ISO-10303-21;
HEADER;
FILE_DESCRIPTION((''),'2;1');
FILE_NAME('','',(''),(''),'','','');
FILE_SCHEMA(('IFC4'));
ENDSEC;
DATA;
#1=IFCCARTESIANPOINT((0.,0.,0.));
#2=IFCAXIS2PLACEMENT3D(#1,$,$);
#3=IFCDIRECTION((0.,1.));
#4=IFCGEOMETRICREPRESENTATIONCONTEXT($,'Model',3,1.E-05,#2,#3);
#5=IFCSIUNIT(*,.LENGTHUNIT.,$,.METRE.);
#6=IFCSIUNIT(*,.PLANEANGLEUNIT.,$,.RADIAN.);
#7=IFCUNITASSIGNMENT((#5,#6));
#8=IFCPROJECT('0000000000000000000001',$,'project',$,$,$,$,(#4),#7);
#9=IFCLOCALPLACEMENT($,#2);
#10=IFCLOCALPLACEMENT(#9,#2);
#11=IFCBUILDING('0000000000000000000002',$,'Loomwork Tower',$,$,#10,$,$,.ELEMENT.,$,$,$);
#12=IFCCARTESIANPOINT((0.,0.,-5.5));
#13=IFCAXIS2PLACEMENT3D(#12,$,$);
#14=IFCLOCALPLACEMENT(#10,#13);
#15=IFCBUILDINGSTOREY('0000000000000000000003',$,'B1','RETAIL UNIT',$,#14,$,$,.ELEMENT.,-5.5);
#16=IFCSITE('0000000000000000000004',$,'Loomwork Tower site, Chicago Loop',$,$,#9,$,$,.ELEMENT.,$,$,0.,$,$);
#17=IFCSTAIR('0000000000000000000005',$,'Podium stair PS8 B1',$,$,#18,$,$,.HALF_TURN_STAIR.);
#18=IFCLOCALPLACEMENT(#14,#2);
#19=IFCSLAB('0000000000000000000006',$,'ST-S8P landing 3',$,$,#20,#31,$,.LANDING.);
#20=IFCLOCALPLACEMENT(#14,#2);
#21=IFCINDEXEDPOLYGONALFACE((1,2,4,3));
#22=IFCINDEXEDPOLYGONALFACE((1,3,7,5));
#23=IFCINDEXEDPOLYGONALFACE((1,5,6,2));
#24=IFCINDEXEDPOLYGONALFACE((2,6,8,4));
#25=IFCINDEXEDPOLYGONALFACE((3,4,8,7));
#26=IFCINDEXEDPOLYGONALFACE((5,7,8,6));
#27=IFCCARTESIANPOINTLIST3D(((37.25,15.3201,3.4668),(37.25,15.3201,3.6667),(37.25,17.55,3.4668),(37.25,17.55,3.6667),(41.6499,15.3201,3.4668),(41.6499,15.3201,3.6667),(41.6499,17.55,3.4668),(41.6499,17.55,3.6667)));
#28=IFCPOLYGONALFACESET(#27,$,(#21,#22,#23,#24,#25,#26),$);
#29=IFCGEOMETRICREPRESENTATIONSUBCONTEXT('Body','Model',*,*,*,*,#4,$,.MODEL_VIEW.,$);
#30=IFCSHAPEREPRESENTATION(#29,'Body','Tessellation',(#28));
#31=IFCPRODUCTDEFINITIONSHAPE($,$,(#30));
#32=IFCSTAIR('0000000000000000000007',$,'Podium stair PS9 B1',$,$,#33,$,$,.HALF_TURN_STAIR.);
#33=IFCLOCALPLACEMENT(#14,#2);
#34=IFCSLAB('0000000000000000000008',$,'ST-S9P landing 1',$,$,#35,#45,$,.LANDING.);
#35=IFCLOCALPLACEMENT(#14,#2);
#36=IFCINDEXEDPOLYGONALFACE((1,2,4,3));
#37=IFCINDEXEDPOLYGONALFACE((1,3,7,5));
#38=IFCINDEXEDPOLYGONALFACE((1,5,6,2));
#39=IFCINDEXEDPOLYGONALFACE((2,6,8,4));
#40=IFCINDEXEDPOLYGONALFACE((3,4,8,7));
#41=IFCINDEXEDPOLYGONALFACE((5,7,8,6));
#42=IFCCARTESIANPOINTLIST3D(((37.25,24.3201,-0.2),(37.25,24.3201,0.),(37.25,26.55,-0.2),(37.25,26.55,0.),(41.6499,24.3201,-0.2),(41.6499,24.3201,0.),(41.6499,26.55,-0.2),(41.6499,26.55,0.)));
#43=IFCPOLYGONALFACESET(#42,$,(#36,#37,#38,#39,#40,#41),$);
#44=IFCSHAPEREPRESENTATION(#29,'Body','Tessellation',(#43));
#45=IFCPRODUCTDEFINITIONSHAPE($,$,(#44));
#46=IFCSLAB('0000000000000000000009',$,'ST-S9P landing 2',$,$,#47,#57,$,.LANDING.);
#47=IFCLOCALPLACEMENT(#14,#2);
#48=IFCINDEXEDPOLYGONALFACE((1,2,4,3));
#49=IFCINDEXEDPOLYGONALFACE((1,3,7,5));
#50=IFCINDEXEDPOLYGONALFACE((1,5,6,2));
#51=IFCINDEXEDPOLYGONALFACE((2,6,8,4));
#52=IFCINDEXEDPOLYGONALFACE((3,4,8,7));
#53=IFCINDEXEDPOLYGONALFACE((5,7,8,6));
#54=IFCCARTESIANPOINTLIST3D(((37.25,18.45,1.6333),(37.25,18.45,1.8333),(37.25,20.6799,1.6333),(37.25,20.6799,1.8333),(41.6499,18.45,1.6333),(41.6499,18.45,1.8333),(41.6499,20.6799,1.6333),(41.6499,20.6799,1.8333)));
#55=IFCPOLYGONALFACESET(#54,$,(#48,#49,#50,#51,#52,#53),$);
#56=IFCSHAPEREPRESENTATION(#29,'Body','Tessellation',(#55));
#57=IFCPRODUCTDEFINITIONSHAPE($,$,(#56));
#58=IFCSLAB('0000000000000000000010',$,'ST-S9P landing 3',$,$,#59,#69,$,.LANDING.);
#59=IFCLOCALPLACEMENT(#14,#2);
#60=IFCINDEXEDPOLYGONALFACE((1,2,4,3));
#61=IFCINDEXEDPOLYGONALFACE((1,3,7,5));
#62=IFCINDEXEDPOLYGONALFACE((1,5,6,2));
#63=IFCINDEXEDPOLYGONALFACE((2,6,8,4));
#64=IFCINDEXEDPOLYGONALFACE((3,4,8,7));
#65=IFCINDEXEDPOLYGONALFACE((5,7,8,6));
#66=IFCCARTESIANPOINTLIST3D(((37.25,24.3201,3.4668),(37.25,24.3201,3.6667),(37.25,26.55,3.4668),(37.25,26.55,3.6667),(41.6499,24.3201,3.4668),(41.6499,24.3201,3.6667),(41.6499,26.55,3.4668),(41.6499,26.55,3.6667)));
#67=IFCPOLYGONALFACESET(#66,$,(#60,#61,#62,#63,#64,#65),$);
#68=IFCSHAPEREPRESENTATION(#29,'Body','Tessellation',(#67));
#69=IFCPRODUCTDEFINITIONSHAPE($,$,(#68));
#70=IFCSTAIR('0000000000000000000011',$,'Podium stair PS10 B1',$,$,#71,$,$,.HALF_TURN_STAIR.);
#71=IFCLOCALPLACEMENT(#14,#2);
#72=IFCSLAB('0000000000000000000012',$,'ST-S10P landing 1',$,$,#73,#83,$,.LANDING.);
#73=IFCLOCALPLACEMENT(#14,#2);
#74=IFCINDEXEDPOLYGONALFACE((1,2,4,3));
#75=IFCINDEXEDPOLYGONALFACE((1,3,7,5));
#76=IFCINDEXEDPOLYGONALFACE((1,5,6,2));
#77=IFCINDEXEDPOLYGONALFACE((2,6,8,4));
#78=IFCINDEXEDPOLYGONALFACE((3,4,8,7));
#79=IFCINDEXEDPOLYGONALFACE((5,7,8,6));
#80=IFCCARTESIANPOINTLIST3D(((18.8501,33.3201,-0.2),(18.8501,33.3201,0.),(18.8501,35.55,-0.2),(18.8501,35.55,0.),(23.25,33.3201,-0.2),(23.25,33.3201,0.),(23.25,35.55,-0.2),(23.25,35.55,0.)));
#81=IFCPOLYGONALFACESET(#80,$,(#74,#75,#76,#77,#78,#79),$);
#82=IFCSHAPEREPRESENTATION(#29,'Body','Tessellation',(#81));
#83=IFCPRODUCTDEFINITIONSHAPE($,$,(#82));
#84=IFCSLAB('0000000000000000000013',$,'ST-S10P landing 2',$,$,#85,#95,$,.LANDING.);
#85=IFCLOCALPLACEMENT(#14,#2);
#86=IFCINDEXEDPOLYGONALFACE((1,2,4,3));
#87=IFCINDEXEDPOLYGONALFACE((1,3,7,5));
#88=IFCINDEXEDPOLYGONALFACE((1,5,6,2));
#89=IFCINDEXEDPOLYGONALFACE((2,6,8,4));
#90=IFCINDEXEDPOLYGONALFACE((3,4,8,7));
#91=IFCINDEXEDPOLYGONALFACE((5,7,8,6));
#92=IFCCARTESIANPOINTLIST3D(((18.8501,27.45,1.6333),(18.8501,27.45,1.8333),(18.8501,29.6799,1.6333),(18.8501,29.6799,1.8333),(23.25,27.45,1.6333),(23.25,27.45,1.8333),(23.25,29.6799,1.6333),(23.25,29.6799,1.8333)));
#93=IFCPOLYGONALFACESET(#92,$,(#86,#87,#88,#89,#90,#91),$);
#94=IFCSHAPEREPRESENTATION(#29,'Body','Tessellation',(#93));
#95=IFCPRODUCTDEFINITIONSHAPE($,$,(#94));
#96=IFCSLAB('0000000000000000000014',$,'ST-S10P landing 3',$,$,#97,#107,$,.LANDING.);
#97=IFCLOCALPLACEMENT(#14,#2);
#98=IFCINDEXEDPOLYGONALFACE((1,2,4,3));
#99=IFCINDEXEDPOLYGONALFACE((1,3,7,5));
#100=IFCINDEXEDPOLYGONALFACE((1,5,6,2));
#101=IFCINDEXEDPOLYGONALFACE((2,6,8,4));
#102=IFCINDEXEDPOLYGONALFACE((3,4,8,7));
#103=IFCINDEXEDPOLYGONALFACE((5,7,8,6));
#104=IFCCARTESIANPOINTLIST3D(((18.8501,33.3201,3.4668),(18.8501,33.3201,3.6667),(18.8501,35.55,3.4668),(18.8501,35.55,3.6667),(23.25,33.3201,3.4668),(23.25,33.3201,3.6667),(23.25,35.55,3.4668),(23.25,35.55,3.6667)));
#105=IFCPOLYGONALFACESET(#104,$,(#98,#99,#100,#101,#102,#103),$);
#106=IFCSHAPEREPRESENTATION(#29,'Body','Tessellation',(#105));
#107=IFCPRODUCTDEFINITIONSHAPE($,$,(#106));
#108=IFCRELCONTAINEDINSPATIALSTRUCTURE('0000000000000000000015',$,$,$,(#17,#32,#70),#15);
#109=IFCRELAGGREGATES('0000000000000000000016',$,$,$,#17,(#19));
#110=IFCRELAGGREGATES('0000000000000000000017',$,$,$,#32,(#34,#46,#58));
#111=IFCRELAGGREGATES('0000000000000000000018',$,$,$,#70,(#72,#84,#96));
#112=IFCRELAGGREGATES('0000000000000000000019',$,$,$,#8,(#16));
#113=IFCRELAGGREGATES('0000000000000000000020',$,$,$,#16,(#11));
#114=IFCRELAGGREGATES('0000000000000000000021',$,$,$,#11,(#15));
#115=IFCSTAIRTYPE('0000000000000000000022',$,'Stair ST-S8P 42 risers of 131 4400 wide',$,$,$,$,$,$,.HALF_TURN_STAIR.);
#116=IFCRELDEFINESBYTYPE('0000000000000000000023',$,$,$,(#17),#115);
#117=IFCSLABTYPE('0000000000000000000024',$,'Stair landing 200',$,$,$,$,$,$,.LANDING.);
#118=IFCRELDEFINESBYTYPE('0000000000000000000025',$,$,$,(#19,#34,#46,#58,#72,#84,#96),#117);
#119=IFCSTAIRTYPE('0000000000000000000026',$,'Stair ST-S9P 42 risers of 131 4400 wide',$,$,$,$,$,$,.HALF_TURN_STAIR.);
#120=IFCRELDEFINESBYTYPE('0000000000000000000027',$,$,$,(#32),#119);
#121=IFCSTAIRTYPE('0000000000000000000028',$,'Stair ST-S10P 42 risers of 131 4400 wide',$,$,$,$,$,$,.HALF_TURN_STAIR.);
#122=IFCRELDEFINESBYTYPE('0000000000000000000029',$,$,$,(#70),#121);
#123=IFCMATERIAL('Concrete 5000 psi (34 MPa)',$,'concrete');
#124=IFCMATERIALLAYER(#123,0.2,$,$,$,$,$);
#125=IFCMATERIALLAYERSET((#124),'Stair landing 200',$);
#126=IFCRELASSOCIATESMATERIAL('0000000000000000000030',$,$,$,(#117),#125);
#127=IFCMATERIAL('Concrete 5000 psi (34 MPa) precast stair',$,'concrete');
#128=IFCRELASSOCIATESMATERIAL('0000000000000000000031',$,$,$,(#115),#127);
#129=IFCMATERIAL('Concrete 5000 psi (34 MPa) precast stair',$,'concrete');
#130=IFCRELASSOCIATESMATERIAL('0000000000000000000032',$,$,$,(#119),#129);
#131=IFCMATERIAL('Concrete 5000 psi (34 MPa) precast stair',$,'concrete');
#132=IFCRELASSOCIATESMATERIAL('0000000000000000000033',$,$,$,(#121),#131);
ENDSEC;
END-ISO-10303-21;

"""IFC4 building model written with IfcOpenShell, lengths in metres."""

from ifc_helpers import new_model, si_unit, direction, frame, origin, place, context, subcontext, project, spatial, polyline, outline, extrude, material, layer, layer_set, type_object, element, aggregate, save


model = new_model("IFC4")

# Units and contexts
model_context = context("Model", 3, precision=1e-05, world=origin(), true_north=direction((0.0, 1.0)))
body_context = subcontext(model_context, "Body", "Model", "MODEL_VIEW")
ifc_project = project(units=[si_unit("LENGTHUNIT", "METRE"), si_unit("PLANEANGLEUNIT", "RADIAN")], contexts=[model_context])

# Site, building, storey
site_placement = place(None, origin())
site = spatial("IfcSite", under=ifc_project, at=site_placement, Name="Loomwork Tower site, Chicago Loop", CompositionType="ELEMENT", RefElevation=0.0)
building_placement = place(site_placement, origin())
building = spatial("IfcBuilding", under=site, at=building_placement, Name="Loomwork Tower", CompositionType="ELEMENT")
storey_placement = place(building_placement, frame((0.0, 0.0, -5.5)))
storey = spatial("IfcBuildingStorey", under=building, at=storey_placement, Name="B1", Description="RETAIL UNIT", CompositionType="ELEMENT", Elevation=-5.5)

# Shared definitions
ifc_material_1 = material(Name="Concrete 5000 psi (34 MPa)", Category="concrete")
ifc_layer = layer(ifc_material_1, 0.2)
ifc_layer_set = layer_set([ifc_layer], Name="Stair landing 200")
slab_type = type_object("IfcSlabType", Name="Stair landing 200", PredefinedType="LANDING", material=ifc_layer_set)

# Stairs, slabs
ifc_material_2 = material(Name="Concrete 5000 psi (34 MPa) precast stair", Category="concrete")
stair_type_1 = type_object("IfcStairType", Name="Stair ST-S8P 42 risers of 131 4400 wide", PredefinedType="HALF_TURN_STAIR", material=ifc_material_2)
stair_1_placement = place(storey_placement, origin())
stair_1 = element("IfcStair", 1, at=stair_1_placement, inside=storey, type_object=stair_type_1, Name="Podium stair PS8 B1", PredefinedType="HALF_TURN_STAIR")
slab_1_placement = place(storey_placement, frame((0.0, 0.0, 3.4668)))
slab_1 = element("IfcSlab", 2, at=slab_1_placement, type_object=slab_type, Name="ST-S8P landing 3", PredefinedType="LANDING", context=body_context, shape_type="SweptSolid", body=[
    extrude(outline(polyline([(37.25, 15.3201), (41.6499, 15.3201), (41.6499, 17.55), (37.25, 17.55), (37.25, 15.3201)])), origin(), (0.0, 0.0, 1.0), 0.2),
])
aggregate(stair_1, [slab_1])
ifc_material_3 = material(Name="Concrete 5000 psi (34 MPa) precast stair", Category="concrete")
stair_type_2 = type_object("IfcStairType", Name="Stair ST-S9P 42 risers of 131 4400 wide", PredefinedType="HALF_TURN_STAIR", material=ifc_material_3)
stair_2_placement = place(storey_placement, origin())
stair_2 = element("IfcStair", 3, at=stair_2_placement, inside=storey, type_object=stair_type_2, Name="Podium stair PS9 B1", PredefinedType="HALF_TURN_STAIR")
slab_2_placement = place(storey_placement, frame((0.0, 0.0, -0.2)))
slab_2 = element("IfcSlab", 4, at=slab_2_placement, type_object=slab_type, Name="ST-S9P landing 1", PredefinedType="LANDING", context=body_context, shape_type="SweptSolid", body=[
    extrude(outline(polyline([(37.25, 24.3201), (41.6499, 24.3201), (41.6499, 26.55), (37.25, 26.55), (37.25, 24.3201)])), origin(), (0.0, 0.0, 1.0), 0.2),
])
slab_3_placement = place(storey_placement, frame((0.0, 0.0, 1.6333)))
slab_3 = element("IfcSlab", 5, at=slab_3_placement, type_object=slab_type, Name="ST-S9P landing 2", PredefinedType="LANDING", context=body_context, shape_type="SweptSolid", body=[
    extrude(outline(polyline([(37.25, 18.45), (41.6499, 18.45), (41.6499, 20.6799), (37.25, 20.6799), (37.25, 18.45)])), origin(), (0.0, 0.0, 1.0), 0.2),
])
slab_4_placement = place(storey_placement, frame((0.0, 0.0, 3.4668)))
slab_4 = element("IfcSlab", 6, at=slab_4_placement, type_object=slab_type, Name="ST-S9P landing 3", PredefinedType="LANDING", context=body_context, shape_type="SweptSolid", body=[
    extrude(outline(polyline([(37.25, 24.3201), (41.6499, 24.3201), (41.6499, 26.55), (37.25, 26.55), (37.25, 24.3201)])), origin(), (0.0, 0.0, 1.0), 0.2),
])
aggregate(stair_2, [slab_2, slab_3, slab_4])
ifc_material_4 = material(Name="Concrete 5000 psi (34 MPa) precast stair", Category="concrete")
stair_type_3 = type_object("IfcStairType", Name="Stair ST-S10P 42 risers of 131 4400 wide", PredefinedType="HALF_TURN_STAIR", material=ifc_material_4)
stair_3_placement = place(storey_placement, origin())
stair_3 = element("IfcStair", 7, at=stair_3_placement, inside=storey, type_object=stair_type_3, Name="Podium stair PS10 B1", PredefinedType="HALF_TURN_STAIR")
slab_5_placement = place(storey_placement, frame((0.0, 0.0, -0.2)))
slab_5 = element("IfcSlab", 8, at=slab_5_placement, type_object=slab_type, Name="ST-S10P landing 1", PredefinedType="LANDING", context=body_context, shape_type="SweptSolid", body=[
    extrude(outline(polyline([(18.8501, 33.3201), (23.25, 33.3201), (23.25, 35.55), (18.8501, 35.55), (18.8501, 33.3201)])), origin(), (0.0, 0.0, 1.0), 0.2),
])
slab_6_placement = place(storey_placement, frame((0.0, 0.0, 1.6333)))
slab_6 = element("IfcSlab", 9, at=slab_6_placement, type_object=slab_type, Name="ST-S10P landing 2", PredefinedType="LANDING", context=body_context, shape_type="SweptSolid", body=[
    extrude(outline(polyline([(18.8501, 27.45), (23.25, 27.45), (23.25, 29.6799), (18.8501, 29.6799), (18.8501, 27.45)])), origin(), (0.0, 0.0, 1.0), 0.2),
])
slab_7_placement = place(storey_placement, frame((0.0, 0.0, 3.4668)))
slab_7 = element("IfcSlab", 10, at=slab_7_placement, type_object=slab_type, Name="ST-S10P landing 3", PredefinedType="LANDING", context=body_context, shape_type="SweptSolid", body=[
    extrude(outline(polyline([(18.8501, 33.3201), (23.25, 33.3201), (23.25, 35.55), (18.8501, 35.55), (18.8501, 33.3201)])), origin(), (0.0, 0.0, 1.0), 0.2),
])
aggregate(stair_3, [slab_5, slab_6, slab_7])

save(model, "model.ifc")
